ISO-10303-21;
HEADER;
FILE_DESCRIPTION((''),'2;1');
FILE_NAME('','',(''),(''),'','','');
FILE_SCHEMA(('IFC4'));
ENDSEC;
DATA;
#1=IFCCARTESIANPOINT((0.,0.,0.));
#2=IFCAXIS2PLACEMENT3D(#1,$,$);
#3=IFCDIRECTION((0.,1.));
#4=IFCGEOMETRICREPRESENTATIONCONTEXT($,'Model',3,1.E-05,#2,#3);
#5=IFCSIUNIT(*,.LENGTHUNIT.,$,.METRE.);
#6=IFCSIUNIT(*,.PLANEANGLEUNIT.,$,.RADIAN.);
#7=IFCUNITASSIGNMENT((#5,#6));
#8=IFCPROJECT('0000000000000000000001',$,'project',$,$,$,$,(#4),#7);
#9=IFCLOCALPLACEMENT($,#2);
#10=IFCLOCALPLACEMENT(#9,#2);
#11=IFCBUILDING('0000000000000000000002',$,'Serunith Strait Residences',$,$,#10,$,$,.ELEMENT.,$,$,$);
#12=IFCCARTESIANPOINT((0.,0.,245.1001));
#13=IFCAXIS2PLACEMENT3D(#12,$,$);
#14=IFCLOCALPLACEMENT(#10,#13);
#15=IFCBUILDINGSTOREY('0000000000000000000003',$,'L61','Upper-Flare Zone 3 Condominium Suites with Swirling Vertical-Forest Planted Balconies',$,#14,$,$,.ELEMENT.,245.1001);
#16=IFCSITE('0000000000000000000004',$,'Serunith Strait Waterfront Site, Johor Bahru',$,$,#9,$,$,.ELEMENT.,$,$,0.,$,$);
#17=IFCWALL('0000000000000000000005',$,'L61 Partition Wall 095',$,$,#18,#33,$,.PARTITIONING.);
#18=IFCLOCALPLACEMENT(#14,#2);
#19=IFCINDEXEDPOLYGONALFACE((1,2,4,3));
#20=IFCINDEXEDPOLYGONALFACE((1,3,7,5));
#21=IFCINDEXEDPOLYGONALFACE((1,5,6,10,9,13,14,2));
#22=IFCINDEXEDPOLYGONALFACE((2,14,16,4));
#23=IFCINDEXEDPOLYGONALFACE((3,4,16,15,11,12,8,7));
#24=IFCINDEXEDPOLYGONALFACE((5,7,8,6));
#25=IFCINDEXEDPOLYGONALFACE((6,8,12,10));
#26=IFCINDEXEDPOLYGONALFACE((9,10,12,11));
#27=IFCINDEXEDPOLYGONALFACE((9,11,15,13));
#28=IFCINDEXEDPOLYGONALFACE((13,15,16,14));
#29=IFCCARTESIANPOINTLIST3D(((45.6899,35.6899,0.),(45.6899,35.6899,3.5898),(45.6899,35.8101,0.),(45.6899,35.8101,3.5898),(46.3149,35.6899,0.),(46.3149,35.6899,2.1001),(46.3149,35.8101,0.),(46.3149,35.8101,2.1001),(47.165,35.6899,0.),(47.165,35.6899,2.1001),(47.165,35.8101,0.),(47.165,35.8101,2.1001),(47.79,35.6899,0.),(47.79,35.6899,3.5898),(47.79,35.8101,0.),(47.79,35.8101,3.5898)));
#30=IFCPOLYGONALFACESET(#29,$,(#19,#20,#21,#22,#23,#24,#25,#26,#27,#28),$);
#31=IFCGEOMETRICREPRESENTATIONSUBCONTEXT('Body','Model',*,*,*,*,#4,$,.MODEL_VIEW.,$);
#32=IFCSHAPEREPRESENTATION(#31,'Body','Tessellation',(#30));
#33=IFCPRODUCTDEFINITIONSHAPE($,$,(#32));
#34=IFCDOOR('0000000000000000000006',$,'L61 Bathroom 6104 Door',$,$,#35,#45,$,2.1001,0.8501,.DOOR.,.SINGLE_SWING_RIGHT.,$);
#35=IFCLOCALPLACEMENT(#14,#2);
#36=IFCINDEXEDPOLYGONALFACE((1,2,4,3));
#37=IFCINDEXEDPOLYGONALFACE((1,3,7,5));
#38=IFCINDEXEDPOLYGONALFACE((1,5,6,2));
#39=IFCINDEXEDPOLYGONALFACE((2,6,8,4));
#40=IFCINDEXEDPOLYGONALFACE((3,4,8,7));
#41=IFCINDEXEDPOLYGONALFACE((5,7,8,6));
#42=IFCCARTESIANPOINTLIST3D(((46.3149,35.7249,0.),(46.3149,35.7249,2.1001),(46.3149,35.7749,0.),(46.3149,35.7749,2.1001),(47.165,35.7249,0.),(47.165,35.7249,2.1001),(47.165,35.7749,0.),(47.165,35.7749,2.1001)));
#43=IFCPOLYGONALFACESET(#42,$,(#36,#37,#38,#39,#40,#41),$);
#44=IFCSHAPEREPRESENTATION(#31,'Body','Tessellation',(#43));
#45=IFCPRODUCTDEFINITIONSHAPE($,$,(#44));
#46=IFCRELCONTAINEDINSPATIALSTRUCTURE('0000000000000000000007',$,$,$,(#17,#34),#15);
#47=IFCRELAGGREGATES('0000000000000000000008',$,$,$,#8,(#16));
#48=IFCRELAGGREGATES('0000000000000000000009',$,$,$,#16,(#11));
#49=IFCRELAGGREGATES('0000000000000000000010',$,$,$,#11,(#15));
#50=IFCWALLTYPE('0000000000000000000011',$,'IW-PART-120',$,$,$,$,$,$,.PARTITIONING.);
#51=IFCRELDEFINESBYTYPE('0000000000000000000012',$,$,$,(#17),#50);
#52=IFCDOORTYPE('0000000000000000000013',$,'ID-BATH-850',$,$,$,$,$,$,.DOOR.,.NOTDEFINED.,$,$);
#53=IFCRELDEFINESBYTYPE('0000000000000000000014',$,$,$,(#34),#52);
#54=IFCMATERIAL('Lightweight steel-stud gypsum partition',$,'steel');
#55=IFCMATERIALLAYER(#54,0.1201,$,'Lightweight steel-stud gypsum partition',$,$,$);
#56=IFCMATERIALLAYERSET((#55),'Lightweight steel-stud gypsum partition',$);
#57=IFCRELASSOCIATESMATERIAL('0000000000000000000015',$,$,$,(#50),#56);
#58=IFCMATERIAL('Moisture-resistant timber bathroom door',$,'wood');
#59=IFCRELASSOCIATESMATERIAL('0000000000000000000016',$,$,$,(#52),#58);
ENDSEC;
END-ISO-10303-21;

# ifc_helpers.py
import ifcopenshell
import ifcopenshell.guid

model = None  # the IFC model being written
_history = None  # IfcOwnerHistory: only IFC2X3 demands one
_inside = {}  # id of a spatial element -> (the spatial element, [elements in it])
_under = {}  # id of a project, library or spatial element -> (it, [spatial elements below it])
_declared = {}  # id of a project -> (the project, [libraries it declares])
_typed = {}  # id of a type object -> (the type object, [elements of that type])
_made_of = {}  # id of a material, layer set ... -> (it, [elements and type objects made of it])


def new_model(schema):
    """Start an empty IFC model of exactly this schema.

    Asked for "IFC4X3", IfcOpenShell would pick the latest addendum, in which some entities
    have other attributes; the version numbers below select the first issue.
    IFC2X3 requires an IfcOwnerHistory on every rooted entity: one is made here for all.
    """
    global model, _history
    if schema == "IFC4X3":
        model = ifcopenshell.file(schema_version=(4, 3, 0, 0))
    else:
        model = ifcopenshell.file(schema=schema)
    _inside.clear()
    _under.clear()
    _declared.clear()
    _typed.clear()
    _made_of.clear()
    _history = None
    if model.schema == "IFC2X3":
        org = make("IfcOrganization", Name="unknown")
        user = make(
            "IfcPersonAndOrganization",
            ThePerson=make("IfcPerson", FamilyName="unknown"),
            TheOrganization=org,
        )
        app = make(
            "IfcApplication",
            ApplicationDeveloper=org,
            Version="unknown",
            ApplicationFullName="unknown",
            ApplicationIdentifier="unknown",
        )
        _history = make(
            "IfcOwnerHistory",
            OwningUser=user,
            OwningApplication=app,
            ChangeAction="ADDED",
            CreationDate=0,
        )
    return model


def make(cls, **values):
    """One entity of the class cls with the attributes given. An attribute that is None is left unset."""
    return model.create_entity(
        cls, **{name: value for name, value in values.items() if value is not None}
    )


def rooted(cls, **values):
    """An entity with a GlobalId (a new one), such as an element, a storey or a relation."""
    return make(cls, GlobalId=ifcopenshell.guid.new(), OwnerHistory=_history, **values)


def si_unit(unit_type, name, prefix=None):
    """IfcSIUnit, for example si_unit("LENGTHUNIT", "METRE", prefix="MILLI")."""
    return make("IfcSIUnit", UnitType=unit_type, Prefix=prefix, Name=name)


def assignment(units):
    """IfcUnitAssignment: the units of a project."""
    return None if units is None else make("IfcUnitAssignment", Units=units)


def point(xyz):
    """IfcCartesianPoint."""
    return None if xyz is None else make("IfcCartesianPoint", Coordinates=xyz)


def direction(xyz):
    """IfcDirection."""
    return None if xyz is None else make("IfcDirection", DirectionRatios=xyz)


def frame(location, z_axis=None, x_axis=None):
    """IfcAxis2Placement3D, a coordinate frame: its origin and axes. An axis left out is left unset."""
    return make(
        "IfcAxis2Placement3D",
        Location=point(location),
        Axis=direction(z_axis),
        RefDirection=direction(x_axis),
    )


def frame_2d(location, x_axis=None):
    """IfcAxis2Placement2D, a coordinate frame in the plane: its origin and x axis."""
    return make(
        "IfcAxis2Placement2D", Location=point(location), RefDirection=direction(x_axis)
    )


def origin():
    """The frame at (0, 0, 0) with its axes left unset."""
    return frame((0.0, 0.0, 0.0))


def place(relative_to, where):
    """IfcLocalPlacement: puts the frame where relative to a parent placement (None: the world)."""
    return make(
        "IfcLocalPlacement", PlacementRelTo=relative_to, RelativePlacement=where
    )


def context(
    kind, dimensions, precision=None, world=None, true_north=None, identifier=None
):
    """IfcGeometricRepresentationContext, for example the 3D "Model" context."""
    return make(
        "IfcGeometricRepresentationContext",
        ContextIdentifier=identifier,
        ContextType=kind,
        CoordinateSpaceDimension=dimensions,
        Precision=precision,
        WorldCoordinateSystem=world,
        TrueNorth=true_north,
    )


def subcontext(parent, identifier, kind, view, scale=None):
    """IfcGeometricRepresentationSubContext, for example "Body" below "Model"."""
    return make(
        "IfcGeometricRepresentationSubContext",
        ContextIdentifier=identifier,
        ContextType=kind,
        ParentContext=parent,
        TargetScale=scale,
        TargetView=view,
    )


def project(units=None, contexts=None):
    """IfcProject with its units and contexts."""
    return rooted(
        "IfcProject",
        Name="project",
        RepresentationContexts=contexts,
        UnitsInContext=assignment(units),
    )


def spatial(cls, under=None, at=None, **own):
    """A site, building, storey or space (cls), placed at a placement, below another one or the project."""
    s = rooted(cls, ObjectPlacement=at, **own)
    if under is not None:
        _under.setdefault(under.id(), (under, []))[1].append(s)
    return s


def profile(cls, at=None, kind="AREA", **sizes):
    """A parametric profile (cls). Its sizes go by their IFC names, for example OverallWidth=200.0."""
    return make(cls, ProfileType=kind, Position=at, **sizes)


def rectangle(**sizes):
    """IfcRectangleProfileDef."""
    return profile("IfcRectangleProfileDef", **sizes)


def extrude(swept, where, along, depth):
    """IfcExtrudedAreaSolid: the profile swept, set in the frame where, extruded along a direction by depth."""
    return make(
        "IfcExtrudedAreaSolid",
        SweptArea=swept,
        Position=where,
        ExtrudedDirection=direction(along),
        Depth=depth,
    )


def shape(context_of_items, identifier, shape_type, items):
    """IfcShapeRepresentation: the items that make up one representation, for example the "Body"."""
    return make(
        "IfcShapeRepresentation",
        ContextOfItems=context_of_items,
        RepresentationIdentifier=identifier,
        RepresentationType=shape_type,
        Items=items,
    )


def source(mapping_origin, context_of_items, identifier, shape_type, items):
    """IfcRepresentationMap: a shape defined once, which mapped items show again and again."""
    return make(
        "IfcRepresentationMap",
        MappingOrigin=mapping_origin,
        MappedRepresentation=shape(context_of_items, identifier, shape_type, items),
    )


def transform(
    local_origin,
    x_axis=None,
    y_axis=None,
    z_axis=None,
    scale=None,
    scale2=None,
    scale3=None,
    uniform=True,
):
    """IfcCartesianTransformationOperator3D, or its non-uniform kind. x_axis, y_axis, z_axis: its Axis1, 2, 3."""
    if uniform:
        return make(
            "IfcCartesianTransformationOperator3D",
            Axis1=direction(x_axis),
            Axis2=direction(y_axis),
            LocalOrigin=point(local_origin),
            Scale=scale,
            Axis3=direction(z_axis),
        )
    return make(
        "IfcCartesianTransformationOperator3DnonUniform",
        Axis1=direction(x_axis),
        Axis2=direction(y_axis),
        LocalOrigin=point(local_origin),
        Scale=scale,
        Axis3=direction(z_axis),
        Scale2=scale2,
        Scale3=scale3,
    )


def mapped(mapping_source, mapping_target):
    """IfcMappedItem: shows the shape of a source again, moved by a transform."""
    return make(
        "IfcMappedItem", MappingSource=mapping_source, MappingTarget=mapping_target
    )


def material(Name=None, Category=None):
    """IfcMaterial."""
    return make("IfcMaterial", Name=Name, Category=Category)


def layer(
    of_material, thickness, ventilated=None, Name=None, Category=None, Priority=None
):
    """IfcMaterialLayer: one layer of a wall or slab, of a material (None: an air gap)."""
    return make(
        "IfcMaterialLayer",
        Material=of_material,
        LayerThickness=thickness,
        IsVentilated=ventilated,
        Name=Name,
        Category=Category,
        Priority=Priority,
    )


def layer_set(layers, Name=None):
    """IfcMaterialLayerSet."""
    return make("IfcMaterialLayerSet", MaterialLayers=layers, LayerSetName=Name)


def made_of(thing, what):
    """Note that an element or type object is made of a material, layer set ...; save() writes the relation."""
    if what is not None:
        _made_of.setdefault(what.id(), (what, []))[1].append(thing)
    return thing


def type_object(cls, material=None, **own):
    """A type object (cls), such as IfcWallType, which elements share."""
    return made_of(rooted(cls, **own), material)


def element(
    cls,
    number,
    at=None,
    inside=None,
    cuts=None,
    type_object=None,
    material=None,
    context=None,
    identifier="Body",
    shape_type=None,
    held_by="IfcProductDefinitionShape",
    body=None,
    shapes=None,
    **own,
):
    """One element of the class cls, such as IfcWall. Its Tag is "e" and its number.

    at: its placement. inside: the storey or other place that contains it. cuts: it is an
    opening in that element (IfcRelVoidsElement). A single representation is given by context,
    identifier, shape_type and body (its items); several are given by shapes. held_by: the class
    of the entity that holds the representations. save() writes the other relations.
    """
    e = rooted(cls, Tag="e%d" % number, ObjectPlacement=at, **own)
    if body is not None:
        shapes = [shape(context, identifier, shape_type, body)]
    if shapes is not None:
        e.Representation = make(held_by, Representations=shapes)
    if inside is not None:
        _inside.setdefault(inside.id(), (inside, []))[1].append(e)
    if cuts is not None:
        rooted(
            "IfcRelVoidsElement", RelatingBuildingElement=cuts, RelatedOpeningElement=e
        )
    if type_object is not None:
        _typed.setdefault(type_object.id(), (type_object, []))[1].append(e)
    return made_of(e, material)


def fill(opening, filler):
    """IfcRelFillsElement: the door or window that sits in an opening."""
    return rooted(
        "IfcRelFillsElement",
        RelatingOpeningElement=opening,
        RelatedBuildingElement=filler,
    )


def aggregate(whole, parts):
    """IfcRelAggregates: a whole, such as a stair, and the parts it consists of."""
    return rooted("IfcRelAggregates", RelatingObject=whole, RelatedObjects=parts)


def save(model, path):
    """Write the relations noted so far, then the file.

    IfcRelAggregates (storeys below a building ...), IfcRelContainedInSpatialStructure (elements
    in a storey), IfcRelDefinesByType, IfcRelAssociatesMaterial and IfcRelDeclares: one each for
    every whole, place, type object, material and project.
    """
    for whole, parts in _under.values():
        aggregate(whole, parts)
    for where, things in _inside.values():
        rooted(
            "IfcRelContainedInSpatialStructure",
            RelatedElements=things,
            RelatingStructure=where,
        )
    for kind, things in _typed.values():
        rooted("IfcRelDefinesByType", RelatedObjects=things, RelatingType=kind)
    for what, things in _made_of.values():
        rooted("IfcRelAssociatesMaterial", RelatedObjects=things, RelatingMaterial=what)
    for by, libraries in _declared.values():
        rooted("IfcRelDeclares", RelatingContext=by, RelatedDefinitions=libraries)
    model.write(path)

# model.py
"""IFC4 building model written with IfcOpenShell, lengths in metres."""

from ifc_helpers import new_model, si_unit, direction, frame, frame_2d, origin, place, context, subcontext, project, spatial, rectangle, extrude, source, transform, mapped, material, layer, layer_set, type_object, element, fill, save


model = new_model("IFC4")

# Units and contexts
model_context = context("Model", 3, precision=1e-05, world=origin(), true_north=direction((0.0, 1.0)))
body_context = subcontext(model_context, "Body", "Model", "MODEL_VIEW")
ifc_project = project(units=[si_unit("LENGTHUNIT", "METRE"), si_unit("PLANEANGLEUNIT", "RADIAN")], contexts=[model_context])

# Site, building, storey
site_placement = place(None, origin())
site = spatial("IfcSite", under=ifc_project, at=site_placement, Name="Serunith Strait Waterfront Site, Johor Bahru", CompositionType="ELEMENT", RefElevation=0.0)
building_placement = place(site_placement, origin())
building = spatial("IfcBuilding", under=site, at=building_placement, Name="Serunith Strait Residences", CompositionType="ELEMENT")
storey_placement = place(building_placement, frame((0.0, 0.0, 245.1001)))
storey = spatial("IfcBuildingStorey", under=building, at=storey_placement, Name="L61", Description="Upper-Flare Zone 3 Condominium Suites with Swirling Vertical-Forest Planted Balconies", CompositionType="ELEMENT", Elevation=245.1001)

# Shared definitions
ifc_material_1 = material(Name="Lightweight steel-stud gypsum partition", Category="steel")
ifc_layer_1 = layer(ifc_material_1, 0.1201, Name="Lightweight steel-stud gypsum partition")
ifc_layer_set_1 = layer_set([ifc_layer_1], Name="Lightweight steel-stud gypsum partition")
wall_type = type_object("IfcWallType", Name="IW-PART-120", PredefinedType="PARTITIONING", material=ifc_layer_set_1)

# Shared definitions
ifc_material_2 = material(Name="Moisture-resistant timber bathroom door", Category="wood")
door_type_1 = type_object("IfcDoorType", Name="ID-BATH-850", OperationType="NOTDEFINED", PredefinedType="DOOR", material=ifc_material_2)
shared_shape_1 = source(origin(), body_context, "Body", "SweptSolid", [
    extrude(rectangle(XDim=0.8501, YDim=2.1001, at=frame_2d((0.425, 1.05))), frame((0.0, 0.0249, 0.0), z_axis=(0.0, -1.0, 0.0), x_axis=(1.0, 0.0, 0.0)), (0.0, 0.0, 1.0), 0.05),
])

# Wall, opening, door
wall_1_placement = place(storey_placement, frame((45.6899, 35.75, 0.0), z_axis=(0.0, 0.0, 1.0), x_axis=(1.0, 0.0, 0.0)))
wall_1 = element("IfcWall", 1, at=wall_1_placement, inside=storey, type_object=wall_type, Name="L61 Partition Wall 095", PredefinedType="PARTITIONING", context=body_context, shape_type="SweptSolid", body=[
    extrude(rectangle(XDim=2.1001, YDim=0.1201, at=frame_2d((1.05, 0.0))), origin(), (0.0, 0.0, 1.0), 3.5898),
])
opening_1_placement = place(wall_1_placement, frame((0.625, 0.0, 0.0)))
opening_1 = element("IfcOpeningElement", 2, at=opening_1_placement, cuts=wall_1, PredefinedType="OPENING", context=body_context, shape_type="SweptSolid", body=[
    extrude(rectangle(XDim=0.8501, YDim=2.1001, at=frame_2d((0.425, 1.05))), frame((0.0, 0.0701, 0.0), z_axis=(0.0, -1.0, 0.0), x_axis=(1.0, 0.0, 0.0)), (0.0, 0.0, 1.0), 0.1401),
])
door_1_placement = place(opening_1_placement, origin())
door_1 = element("IfcDoor", 3, at=door_1_placement, inside=storey, type_object=door_type_1, Name="L61 Bathroom 6104 Door", OperationType="SINGLE_SWING_RIGHT", OverallHeight=2.1001, OverallWidth=0.8501, PredefinedType="DOOR", context=body_context, shape_type="MappedRepresentation", body=[
    mapped(shared_shape_1, transform((0.0, 0.0, 0.0), scale=1.0)),
])
fill(opening_1, door_1)

save(model, "model.ifc")
